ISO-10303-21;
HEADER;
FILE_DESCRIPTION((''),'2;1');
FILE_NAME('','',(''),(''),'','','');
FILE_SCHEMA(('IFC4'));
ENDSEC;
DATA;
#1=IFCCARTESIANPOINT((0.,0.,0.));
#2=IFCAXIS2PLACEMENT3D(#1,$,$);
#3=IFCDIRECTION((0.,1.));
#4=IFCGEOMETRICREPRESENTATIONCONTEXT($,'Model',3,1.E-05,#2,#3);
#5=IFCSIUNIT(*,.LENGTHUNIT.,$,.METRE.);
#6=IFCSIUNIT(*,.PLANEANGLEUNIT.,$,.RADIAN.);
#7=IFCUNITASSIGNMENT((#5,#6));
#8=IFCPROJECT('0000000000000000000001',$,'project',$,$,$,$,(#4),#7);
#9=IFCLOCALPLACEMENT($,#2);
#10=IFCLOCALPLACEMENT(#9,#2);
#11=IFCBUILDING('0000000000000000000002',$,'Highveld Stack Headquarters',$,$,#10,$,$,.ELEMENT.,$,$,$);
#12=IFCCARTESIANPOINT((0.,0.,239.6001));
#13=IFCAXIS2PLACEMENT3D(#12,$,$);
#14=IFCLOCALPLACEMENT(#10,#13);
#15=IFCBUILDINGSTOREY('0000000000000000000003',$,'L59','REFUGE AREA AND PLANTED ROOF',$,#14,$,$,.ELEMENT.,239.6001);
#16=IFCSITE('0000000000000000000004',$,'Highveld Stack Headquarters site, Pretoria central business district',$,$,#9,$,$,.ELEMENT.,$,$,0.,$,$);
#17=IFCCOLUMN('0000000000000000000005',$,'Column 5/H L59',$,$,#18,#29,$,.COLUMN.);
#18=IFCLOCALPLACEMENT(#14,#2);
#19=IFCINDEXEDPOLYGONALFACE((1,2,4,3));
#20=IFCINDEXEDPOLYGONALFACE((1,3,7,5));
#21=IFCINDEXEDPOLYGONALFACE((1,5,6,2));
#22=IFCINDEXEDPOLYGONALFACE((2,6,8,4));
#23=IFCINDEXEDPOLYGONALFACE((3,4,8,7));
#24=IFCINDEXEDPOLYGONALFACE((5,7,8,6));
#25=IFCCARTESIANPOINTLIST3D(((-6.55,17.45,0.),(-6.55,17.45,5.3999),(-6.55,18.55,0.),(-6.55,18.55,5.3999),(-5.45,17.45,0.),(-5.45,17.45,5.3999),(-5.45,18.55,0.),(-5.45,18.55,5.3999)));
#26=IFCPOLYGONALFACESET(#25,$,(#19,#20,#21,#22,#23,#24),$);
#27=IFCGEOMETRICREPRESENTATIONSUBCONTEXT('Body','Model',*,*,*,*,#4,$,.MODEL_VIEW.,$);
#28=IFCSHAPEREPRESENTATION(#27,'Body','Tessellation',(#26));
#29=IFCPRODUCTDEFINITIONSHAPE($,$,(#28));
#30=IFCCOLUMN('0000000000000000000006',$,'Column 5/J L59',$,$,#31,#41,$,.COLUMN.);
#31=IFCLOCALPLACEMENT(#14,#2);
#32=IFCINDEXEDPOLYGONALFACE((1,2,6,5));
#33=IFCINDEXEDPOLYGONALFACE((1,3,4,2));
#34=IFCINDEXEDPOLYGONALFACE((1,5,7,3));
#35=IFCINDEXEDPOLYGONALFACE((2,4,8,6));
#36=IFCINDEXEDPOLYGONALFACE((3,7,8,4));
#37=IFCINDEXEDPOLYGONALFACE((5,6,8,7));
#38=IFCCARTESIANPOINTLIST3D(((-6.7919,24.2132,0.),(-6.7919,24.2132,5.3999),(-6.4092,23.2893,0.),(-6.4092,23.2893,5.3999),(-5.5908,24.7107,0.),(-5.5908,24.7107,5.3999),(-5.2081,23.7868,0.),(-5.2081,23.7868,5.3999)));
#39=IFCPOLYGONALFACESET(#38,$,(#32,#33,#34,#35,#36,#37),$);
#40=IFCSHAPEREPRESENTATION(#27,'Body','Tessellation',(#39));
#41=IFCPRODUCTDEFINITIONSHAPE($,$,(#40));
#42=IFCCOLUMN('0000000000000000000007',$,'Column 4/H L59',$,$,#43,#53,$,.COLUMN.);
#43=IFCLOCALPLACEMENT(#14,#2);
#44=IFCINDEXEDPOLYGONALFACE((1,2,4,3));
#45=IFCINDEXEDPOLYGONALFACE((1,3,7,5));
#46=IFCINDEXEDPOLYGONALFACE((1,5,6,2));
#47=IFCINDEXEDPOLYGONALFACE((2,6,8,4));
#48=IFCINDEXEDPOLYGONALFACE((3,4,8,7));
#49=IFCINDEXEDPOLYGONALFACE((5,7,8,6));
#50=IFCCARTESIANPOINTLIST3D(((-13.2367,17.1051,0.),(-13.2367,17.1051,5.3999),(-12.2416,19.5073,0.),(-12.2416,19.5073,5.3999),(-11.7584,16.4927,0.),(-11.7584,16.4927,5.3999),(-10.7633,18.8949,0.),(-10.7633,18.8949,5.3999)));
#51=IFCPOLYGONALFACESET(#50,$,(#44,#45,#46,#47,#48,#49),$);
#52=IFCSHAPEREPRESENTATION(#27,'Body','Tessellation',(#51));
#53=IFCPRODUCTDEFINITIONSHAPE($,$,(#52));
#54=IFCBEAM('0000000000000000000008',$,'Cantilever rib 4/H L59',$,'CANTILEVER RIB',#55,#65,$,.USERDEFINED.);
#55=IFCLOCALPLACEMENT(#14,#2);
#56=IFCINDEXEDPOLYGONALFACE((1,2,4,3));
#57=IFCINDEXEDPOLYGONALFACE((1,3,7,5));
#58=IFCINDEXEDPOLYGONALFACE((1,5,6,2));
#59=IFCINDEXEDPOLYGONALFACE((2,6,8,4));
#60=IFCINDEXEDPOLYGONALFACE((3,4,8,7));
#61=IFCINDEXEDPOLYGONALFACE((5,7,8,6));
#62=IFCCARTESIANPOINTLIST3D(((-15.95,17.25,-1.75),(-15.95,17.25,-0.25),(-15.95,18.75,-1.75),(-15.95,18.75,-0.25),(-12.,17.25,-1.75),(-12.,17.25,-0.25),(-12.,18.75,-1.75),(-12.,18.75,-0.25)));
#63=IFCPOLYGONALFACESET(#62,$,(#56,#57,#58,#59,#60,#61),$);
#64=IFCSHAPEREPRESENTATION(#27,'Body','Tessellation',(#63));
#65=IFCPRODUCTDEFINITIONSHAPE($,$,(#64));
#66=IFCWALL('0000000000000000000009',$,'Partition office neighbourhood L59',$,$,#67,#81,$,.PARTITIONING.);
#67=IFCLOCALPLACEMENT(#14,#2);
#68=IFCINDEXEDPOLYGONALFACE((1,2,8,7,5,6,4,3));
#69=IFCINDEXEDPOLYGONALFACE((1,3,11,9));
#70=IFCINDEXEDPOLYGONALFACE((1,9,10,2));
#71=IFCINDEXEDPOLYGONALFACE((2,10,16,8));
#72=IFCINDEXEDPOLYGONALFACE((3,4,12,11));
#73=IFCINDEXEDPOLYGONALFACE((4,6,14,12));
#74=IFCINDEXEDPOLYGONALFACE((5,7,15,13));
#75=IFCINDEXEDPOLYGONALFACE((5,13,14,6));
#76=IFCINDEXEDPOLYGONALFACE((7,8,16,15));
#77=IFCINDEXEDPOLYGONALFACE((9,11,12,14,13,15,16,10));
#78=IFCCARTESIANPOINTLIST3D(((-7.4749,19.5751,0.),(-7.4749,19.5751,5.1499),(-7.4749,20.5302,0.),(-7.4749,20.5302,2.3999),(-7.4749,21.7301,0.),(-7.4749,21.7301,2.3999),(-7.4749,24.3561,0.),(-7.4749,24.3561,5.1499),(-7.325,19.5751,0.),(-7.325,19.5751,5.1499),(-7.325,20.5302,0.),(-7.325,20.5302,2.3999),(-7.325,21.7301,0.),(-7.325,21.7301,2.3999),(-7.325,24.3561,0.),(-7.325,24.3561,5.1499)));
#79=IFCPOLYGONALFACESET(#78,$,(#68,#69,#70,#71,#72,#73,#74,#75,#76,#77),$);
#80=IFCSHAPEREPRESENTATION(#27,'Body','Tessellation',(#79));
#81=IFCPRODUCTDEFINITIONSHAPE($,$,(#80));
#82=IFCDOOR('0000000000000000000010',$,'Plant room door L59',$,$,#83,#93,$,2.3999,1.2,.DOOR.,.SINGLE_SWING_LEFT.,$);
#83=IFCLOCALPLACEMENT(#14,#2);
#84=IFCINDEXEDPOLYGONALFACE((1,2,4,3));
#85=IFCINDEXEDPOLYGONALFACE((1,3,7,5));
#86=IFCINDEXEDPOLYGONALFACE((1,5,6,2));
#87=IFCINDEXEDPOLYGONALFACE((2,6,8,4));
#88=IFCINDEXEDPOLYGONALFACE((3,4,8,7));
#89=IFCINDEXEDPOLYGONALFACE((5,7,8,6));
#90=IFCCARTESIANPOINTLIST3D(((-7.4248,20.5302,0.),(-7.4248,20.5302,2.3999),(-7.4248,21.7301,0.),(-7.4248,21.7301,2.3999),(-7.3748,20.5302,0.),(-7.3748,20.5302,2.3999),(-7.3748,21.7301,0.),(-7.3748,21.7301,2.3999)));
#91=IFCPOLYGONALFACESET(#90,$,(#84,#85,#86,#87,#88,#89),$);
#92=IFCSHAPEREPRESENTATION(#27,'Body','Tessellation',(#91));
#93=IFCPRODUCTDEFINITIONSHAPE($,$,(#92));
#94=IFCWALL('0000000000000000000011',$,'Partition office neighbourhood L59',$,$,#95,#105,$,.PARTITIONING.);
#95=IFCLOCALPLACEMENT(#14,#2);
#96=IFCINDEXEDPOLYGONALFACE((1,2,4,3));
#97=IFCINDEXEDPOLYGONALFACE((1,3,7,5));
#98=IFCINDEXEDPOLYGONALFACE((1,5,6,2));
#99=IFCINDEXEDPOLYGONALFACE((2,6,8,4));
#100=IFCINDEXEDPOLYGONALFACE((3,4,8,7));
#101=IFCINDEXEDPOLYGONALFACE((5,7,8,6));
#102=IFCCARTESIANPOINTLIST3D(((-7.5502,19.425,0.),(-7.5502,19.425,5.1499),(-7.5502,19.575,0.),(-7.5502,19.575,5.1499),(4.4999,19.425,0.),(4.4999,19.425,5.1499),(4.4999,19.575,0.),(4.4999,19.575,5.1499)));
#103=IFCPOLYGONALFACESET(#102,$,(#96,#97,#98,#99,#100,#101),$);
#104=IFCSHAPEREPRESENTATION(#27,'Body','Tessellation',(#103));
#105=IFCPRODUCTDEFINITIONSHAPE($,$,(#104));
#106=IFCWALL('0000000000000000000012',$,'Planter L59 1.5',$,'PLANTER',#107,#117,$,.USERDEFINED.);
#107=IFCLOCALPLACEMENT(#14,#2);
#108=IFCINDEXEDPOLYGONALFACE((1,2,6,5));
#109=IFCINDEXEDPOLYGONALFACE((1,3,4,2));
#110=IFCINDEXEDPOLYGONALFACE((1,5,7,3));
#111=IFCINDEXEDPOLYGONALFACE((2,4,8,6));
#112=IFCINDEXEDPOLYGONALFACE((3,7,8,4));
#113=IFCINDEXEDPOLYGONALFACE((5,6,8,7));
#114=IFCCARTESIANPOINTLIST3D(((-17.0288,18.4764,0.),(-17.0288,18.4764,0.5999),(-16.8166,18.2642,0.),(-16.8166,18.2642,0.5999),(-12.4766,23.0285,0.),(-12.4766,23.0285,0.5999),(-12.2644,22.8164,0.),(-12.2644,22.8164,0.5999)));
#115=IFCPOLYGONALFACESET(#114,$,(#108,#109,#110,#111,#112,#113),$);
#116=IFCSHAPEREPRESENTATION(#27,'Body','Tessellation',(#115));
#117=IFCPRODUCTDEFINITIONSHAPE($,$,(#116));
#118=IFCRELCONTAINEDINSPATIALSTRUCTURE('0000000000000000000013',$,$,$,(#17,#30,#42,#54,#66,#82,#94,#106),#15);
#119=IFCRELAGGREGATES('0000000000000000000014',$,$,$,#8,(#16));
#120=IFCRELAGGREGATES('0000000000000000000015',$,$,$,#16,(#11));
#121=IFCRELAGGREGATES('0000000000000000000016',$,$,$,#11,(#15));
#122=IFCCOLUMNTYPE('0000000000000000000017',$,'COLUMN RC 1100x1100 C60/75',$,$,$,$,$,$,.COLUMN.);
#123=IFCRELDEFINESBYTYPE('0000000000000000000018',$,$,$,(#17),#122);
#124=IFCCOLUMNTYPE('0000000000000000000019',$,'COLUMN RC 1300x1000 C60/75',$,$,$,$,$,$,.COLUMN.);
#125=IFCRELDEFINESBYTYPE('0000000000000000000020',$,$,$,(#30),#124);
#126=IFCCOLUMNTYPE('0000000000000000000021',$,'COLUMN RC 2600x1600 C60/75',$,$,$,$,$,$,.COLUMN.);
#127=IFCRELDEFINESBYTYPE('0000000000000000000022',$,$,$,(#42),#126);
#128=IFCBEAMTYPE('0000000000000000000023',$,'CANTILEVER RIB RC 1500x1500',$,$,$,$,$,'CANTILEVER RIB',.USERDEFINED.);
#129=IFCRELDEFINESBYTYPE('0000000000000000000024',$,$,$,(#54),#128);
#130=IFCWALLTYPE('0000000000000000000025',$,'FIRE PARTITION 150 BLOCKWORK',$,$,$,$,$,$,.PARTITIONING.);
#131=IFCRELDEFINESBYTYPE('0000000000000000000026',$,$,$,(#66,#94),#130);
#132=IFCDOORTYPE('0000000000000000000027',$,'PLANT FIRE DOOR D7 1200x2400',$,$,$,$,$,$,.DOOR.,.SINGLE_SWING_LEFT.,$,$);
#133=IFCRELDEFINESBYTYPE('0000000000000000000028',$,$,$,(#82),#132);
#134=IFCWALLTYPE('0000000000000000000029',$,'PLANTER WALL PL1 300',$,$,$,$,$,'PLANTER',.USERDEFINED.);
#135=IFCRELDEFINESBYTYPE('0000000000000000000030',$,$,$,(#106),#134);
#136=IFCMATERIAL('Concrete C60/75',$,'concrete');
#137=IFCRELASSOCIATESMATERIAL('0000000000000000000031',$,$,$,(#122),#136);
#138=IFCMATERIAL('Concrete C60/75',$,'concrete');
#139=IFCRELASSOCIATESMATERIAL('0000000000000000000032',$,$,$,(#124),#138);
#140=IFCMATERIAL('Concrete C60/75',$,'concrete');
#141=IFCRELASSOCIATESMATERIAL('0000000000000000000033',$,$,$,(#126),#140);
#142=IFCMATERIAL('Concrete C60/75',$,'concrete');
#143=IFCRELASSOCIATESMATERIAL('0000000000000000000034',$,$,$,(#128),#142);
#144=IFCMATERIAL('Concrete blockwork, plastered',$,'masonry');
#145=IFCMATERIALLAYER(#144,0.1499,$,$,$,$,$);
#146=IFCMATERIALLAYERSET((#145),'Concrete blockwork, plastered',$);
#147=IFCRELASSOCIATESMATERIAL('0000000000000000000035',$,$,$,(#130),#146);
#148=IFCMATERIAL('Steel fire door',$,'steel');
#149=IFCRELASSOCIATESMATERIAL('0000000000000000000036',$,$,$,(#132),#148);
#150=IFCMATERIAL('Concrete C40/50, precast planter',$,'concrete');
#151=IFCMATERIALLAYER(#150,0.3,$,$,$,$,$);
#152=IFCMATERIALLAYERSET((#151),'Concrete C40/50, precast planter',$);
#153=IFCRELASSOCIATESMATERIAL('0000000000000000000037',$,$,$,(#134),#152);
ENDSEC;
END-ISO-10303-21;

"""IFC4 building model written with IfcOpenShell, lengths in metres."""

from ifc_helpers import new_model, si_unit, direction, frame, frame_2d, origin, origin_2d, place, context, subcontext, project, spatial, rectangle, extrude, material, layer, layer_set, material_profile, profile_set, type_object, element, fill, save


model = new_model("IFC4")

# Units and contexts
model_context = context("Model", 3, precision=1e-05, world=origin(), true_north=direction((0.0, 1.0)))
body_context = subcontext(model_context, "Body", "Model", "MODEL_VIEW")
ifc_project = project(units=[si_unit("LENGTHUNIT", "METRE"), si_unit("PLANEANGLEUNIT", "RADIAN")], contexts=[model_context])

# Site, building, storey
site_placement = place(None, origin())
site = spatial("IfcSite", under=ifc_project, at=site_placement, Name="Highveld Stack Headquarters site, Pretoria central business district", CompositionType="ELEMENT", RefElevation=0.0)
building_placement = place(site_placement, origin())
building = spatial("IfcBuilding", under=site, at=building_placement, Name="Highveld Stack Headquarters", CompositionType="ELEMENT")
storey_placement = place(building_placement, frame((0.0, 0.0, 239.6001)))
storey = spatial("IfcBuildingStorey", under=building, at=storey_placement, Name="L59", Description="REFUGE AREA AND PLANTED ROOF", CompositionType="ELEMENT", Elevation=239.6001)

# Columns
ifc_material_1 = material(Name="Concrete C60/75", Category="concrete")
ifc_material_profile_1 = material_profile(ifc_material_1, rectangle(XDim=1.1001, YDim=1.1001, at=origin_2d()), Name="RC 1100x1100")
ifc_profile_set_1 = profile_set([ifc_material_profile_1], Name="Concrete C60/75")
column_type_1 = type_object("IfcColumnType", Name="COLUMN RC 1100x1100 C60/75", PredefinedType="COLUMN", material=ifc_profile_set_1)
column_1_placement = place(storey_placement, frame((-6.0, 18.0, 0.0), z_axis=(0.0, 0.0, 1.0), x_axis=(1.0, 0.0, 0.0)))
element("IfcColumn", 1, at=column_1_placement, inside=storey, type_object=column_type_1, Name="Column 5/H L59", PredefinedType="COLUMN", context=body_context, shape_type="SweptSolid", body=[
    extrude(rectangle(XDim=1.1001, YDim=1.1001, at=origin_2d()), origin(), (0.0, 0.0, 1.0), 5.3999),
])
ifc_material_2 = material(Name="Concrete C60/75", Category="concrete")
ifc_material_profile_2 = material_profile(ifc_material_2, rectangle(XDim=1.3, YDim=1.0, at=origin_2d()), Name="RC 1300x1000")
ifc_profile_set_2 = profile_set([ifc_material_profile_2], Name="Concrete C60/75")
column_type_2 = type_object("IfcColumnType", Name="COLUMN RC 1300x1000 C60/75", PredefinedType="COLUMN", material=ifc_profile_set_2)
column_2_placement = place(storey_placement, frame((-6.0, 24.0, 0.0), z_axis=(0.0, 0.0, 1.0), x_axis=(0.92388, 0.382683, 0.0)))
element("IfcColumn", 2, at=column_2_placement, inside=storey, type_object=column_type_2, Name="Column 5/J L59", PredefinedType="COLUMN", context=body_context, shape_type="SweptSolid", body=[
    extrude(rectangle(XDim=1.3, YDim=1.0, at=origin_2d()), origin(), (0.0, 0.0, 1.0), 5.3999),
])
ifc_material_3 = material(Name="Concrete C60/75", Category="concrete")
ifc_material_profile_3 = material_profile(ifc_material_3, rectangle(XDim=2.6001, YDim=1.6001, at=origin_2d()), Name="RC 2600x1600")
ifc_profile_set_3 = profile_set([ifc_material_profile_3], Name="Concrete C60/75")
column_type_3 = type_object("IfcColumnType", Name="COLUMN RC 2600x1600 C60/75", PredefinedType="COLUMN", material=ifc_profile_set_3)
column_3_placement = place(storey_placement, frame((-12.0, 18.0, 0.0), z_axis=(0.0, 0.0, 1.0), x_axis=(0.382683, 0.92388, 0.0)))
element("IfcColumn", 3, at=column_3_placement, inside=storey, type_object=column_type_3, Name="Column 4/H L59", PredefinedType="COLUMN", context=body_context, shape_type="SweptSolid", body=[
    extrude(rectangle(XDim=2.6001, YDim=1.6001, at=origin_2d()), origin(), (0.0, 0.0, 1.0), 5.3999),
])

# Beam
ifc_material_4 = material(Name="Concrete C60/75", Category="concrete")
ifc_material_profile_4 = material_profile(ifc_material_4, rectangle(XDim=1.5, YDim=1.5, at=origin_2d()), Name="RC 1500x1500")
ifc_profile_set_4 = profile_set([ifc_material_profile_4], Name="Concrete C60/75")
beam_type = type_object("IfcBeamType", Name="CANTILEVER RIB RC 1500x1500", ElementType="CANTILEVER RIB", PredefinedType="USERDEFINED", material=ifc_profile_set_4)
beam_placement = place(storey_placement, frame((-12.0, 18.0, -1.0), z_axis=(-1.0, 0.0, 0.0), x_axis=(0.0, -1.0, 0.0)))
element("IfcBeam", 4, at=beam_placement, inside=storey, type_object=beam_type, Name="Cantilever rib 4/H L59", ObjectType="CANTILEVER RIB", PredefinedType="USERDEFINED", context=body_context, shape_type="SweptSolid", body=[
    extrude(rectangle(XDim=1.5, YDim=1.5, at=origin_2d()), origin(), (0.0, 0.0, 1.0), 3.95),
])

# Wall, opening, door
ifc_material_5 = material(Name="Concrete blockwork, plastered", Category="masonry")
ifc_layer_1 = layer(ifc_material_5, 0.1499)
ifc_layer_set_1 = layer_set([ifc_layer_1], Name="Concrete blockwork, plastered")
wall_type_1 = type_object("IfcWallType", Name="FIRE PARTITION 150 BLOCKWORK", PredefinedType="PARTITIONING", material=ifc_layer_set_1)
wall_1_placement = place(storey_placement, frame((-7.3999, 19.575, 0.0), z_axis=(0.0, 0.0, 1.0), x_axis=(0.0, 1.0, 0.0)))
wall_1 = element("IfcWall", 5, at=wall_1_placement, inside=storey, type_object=wall_type_1, Name="Partition office neighbourhood L59", PredefinedType="PARTITIONING", context=body_context, shape_type="SweptSolid", body=[
    extrude(rectangle(XDim=4.781, YDim=0.1499, at=frame_2d((2.3906, 0.0))), origin(), (0.0, 0.0, 1.0), 5.1499),
])
opening_1_placement = place(wall_1_placement, frame((0.9551, 0.0, 0.0)))
opening_1 = element("IfcOpeningElement", 6, at=opening_1_placement, cuts=wall_1, PredefinedType="OPENING", context=body_context, shape_type="SweptSolid", body=[
    extrude(rectangle(XDim=1.2, YDim=2.3999, at=frame_2d((0.6001, 1.2))), frame((0.0, 0.085, 0.0), z_axis=(0.0, -1.0, 0.0), x_axis=(1.0, 0.0, 0.0)), (0.0, 0.0, 1.0), 0.1699),
])
ifc_material_6 = material(Name="Steel fire door", Category="steel")
door_type = type_object("IfcDoorType", Name="PLANT FIRE DOOR D7 1200x2400", OperationType="SINGLE_SWING_LEFT", PredefinedType="DOOR", material=ifc_material_6)
door_placement = place(opening_1_placement, origin())
door = element("IfcDoor", 7, at=door_placement, inside=storey, type_object=door_type, Name="Plant room door L59", OperationType="SINGLE_SWING_LEFT", OverallHeight=2.3999, OverallWidth=1.2, PredefinedType="DOOR", context=body_context, shape_type="SweptSolid", body=[
    extrude(rectangle(XDim=1.2, YDim=2.3999, at=frame_2d((0.6001, 1.2))), frame((0.0, 0.0249, 0.0), z_axis=(0.0, -1.0, 0.0), x_axis=(1.0, 0.0, 0.0)), (0.0, 0.0, 1.0), 0.05),
])
fill(opening_1, door)

# Walls
wall_2_placement = place(storey_placement, frame((-7.55, 19.5, 0.0), z_axis=(0.0, 0.0, 1.0), x_axis=(1.0, 0.0, 0.0)))
element("IfcWall", 8, at=wall_2_placement, inside=storey, type_object=wall_type_1, Name="Partition office neighbourhood L59", PredefinedType="PARTITIONING", context=body_context, shape_type="SweptSolid", body=[
    extrude(rectangle(XDim=12.05, YDim=0.1499, at=frame_2d((6.0249, 0.0))), origin(), (0.0, 0.0, 1.0), 5.1499),
])
ifc_material_7 = material(Name="Concrete C40/50, precast planter", Category="concrete")
ifc_layer_2 = layer(ifc_material_7, 0.3)
ifc_layer_set_2 = layer_set([ifc_layer_2], Name="Concrete C40/50, precast planter")
wall_type_2 = type_object("IfcWallType", Name="PLANTER WALL PL1 300", ElementType="PLANTER", PredefinedType="USERDEFINED", material=ifc_layer_set_2)
wall_3_placement = place(storey_placement, frame((-16.9226, 18.3704, 0.0), z_axis=(0.0, 0.0, 1.0), x_axis=(0.707107, 0.707107, 0.0)))
element("IfcWall", 9, at=wall_3_placement, inside=storey, type_object=wall_type_2, Name="Planter L59 1.5", ObjectType="PLANTER", PredefinedType="USERDEFINED", context=body_context, shape_type="SweptSolid", body=[
    extrude(rectangle(XDim=6.4377, YDim=0.3, at=frame_2d((3.2188, 0.0))), origin(), (0.0, 0.0, 1.0), 0.5999),
])

save(model, "model.ifc")
